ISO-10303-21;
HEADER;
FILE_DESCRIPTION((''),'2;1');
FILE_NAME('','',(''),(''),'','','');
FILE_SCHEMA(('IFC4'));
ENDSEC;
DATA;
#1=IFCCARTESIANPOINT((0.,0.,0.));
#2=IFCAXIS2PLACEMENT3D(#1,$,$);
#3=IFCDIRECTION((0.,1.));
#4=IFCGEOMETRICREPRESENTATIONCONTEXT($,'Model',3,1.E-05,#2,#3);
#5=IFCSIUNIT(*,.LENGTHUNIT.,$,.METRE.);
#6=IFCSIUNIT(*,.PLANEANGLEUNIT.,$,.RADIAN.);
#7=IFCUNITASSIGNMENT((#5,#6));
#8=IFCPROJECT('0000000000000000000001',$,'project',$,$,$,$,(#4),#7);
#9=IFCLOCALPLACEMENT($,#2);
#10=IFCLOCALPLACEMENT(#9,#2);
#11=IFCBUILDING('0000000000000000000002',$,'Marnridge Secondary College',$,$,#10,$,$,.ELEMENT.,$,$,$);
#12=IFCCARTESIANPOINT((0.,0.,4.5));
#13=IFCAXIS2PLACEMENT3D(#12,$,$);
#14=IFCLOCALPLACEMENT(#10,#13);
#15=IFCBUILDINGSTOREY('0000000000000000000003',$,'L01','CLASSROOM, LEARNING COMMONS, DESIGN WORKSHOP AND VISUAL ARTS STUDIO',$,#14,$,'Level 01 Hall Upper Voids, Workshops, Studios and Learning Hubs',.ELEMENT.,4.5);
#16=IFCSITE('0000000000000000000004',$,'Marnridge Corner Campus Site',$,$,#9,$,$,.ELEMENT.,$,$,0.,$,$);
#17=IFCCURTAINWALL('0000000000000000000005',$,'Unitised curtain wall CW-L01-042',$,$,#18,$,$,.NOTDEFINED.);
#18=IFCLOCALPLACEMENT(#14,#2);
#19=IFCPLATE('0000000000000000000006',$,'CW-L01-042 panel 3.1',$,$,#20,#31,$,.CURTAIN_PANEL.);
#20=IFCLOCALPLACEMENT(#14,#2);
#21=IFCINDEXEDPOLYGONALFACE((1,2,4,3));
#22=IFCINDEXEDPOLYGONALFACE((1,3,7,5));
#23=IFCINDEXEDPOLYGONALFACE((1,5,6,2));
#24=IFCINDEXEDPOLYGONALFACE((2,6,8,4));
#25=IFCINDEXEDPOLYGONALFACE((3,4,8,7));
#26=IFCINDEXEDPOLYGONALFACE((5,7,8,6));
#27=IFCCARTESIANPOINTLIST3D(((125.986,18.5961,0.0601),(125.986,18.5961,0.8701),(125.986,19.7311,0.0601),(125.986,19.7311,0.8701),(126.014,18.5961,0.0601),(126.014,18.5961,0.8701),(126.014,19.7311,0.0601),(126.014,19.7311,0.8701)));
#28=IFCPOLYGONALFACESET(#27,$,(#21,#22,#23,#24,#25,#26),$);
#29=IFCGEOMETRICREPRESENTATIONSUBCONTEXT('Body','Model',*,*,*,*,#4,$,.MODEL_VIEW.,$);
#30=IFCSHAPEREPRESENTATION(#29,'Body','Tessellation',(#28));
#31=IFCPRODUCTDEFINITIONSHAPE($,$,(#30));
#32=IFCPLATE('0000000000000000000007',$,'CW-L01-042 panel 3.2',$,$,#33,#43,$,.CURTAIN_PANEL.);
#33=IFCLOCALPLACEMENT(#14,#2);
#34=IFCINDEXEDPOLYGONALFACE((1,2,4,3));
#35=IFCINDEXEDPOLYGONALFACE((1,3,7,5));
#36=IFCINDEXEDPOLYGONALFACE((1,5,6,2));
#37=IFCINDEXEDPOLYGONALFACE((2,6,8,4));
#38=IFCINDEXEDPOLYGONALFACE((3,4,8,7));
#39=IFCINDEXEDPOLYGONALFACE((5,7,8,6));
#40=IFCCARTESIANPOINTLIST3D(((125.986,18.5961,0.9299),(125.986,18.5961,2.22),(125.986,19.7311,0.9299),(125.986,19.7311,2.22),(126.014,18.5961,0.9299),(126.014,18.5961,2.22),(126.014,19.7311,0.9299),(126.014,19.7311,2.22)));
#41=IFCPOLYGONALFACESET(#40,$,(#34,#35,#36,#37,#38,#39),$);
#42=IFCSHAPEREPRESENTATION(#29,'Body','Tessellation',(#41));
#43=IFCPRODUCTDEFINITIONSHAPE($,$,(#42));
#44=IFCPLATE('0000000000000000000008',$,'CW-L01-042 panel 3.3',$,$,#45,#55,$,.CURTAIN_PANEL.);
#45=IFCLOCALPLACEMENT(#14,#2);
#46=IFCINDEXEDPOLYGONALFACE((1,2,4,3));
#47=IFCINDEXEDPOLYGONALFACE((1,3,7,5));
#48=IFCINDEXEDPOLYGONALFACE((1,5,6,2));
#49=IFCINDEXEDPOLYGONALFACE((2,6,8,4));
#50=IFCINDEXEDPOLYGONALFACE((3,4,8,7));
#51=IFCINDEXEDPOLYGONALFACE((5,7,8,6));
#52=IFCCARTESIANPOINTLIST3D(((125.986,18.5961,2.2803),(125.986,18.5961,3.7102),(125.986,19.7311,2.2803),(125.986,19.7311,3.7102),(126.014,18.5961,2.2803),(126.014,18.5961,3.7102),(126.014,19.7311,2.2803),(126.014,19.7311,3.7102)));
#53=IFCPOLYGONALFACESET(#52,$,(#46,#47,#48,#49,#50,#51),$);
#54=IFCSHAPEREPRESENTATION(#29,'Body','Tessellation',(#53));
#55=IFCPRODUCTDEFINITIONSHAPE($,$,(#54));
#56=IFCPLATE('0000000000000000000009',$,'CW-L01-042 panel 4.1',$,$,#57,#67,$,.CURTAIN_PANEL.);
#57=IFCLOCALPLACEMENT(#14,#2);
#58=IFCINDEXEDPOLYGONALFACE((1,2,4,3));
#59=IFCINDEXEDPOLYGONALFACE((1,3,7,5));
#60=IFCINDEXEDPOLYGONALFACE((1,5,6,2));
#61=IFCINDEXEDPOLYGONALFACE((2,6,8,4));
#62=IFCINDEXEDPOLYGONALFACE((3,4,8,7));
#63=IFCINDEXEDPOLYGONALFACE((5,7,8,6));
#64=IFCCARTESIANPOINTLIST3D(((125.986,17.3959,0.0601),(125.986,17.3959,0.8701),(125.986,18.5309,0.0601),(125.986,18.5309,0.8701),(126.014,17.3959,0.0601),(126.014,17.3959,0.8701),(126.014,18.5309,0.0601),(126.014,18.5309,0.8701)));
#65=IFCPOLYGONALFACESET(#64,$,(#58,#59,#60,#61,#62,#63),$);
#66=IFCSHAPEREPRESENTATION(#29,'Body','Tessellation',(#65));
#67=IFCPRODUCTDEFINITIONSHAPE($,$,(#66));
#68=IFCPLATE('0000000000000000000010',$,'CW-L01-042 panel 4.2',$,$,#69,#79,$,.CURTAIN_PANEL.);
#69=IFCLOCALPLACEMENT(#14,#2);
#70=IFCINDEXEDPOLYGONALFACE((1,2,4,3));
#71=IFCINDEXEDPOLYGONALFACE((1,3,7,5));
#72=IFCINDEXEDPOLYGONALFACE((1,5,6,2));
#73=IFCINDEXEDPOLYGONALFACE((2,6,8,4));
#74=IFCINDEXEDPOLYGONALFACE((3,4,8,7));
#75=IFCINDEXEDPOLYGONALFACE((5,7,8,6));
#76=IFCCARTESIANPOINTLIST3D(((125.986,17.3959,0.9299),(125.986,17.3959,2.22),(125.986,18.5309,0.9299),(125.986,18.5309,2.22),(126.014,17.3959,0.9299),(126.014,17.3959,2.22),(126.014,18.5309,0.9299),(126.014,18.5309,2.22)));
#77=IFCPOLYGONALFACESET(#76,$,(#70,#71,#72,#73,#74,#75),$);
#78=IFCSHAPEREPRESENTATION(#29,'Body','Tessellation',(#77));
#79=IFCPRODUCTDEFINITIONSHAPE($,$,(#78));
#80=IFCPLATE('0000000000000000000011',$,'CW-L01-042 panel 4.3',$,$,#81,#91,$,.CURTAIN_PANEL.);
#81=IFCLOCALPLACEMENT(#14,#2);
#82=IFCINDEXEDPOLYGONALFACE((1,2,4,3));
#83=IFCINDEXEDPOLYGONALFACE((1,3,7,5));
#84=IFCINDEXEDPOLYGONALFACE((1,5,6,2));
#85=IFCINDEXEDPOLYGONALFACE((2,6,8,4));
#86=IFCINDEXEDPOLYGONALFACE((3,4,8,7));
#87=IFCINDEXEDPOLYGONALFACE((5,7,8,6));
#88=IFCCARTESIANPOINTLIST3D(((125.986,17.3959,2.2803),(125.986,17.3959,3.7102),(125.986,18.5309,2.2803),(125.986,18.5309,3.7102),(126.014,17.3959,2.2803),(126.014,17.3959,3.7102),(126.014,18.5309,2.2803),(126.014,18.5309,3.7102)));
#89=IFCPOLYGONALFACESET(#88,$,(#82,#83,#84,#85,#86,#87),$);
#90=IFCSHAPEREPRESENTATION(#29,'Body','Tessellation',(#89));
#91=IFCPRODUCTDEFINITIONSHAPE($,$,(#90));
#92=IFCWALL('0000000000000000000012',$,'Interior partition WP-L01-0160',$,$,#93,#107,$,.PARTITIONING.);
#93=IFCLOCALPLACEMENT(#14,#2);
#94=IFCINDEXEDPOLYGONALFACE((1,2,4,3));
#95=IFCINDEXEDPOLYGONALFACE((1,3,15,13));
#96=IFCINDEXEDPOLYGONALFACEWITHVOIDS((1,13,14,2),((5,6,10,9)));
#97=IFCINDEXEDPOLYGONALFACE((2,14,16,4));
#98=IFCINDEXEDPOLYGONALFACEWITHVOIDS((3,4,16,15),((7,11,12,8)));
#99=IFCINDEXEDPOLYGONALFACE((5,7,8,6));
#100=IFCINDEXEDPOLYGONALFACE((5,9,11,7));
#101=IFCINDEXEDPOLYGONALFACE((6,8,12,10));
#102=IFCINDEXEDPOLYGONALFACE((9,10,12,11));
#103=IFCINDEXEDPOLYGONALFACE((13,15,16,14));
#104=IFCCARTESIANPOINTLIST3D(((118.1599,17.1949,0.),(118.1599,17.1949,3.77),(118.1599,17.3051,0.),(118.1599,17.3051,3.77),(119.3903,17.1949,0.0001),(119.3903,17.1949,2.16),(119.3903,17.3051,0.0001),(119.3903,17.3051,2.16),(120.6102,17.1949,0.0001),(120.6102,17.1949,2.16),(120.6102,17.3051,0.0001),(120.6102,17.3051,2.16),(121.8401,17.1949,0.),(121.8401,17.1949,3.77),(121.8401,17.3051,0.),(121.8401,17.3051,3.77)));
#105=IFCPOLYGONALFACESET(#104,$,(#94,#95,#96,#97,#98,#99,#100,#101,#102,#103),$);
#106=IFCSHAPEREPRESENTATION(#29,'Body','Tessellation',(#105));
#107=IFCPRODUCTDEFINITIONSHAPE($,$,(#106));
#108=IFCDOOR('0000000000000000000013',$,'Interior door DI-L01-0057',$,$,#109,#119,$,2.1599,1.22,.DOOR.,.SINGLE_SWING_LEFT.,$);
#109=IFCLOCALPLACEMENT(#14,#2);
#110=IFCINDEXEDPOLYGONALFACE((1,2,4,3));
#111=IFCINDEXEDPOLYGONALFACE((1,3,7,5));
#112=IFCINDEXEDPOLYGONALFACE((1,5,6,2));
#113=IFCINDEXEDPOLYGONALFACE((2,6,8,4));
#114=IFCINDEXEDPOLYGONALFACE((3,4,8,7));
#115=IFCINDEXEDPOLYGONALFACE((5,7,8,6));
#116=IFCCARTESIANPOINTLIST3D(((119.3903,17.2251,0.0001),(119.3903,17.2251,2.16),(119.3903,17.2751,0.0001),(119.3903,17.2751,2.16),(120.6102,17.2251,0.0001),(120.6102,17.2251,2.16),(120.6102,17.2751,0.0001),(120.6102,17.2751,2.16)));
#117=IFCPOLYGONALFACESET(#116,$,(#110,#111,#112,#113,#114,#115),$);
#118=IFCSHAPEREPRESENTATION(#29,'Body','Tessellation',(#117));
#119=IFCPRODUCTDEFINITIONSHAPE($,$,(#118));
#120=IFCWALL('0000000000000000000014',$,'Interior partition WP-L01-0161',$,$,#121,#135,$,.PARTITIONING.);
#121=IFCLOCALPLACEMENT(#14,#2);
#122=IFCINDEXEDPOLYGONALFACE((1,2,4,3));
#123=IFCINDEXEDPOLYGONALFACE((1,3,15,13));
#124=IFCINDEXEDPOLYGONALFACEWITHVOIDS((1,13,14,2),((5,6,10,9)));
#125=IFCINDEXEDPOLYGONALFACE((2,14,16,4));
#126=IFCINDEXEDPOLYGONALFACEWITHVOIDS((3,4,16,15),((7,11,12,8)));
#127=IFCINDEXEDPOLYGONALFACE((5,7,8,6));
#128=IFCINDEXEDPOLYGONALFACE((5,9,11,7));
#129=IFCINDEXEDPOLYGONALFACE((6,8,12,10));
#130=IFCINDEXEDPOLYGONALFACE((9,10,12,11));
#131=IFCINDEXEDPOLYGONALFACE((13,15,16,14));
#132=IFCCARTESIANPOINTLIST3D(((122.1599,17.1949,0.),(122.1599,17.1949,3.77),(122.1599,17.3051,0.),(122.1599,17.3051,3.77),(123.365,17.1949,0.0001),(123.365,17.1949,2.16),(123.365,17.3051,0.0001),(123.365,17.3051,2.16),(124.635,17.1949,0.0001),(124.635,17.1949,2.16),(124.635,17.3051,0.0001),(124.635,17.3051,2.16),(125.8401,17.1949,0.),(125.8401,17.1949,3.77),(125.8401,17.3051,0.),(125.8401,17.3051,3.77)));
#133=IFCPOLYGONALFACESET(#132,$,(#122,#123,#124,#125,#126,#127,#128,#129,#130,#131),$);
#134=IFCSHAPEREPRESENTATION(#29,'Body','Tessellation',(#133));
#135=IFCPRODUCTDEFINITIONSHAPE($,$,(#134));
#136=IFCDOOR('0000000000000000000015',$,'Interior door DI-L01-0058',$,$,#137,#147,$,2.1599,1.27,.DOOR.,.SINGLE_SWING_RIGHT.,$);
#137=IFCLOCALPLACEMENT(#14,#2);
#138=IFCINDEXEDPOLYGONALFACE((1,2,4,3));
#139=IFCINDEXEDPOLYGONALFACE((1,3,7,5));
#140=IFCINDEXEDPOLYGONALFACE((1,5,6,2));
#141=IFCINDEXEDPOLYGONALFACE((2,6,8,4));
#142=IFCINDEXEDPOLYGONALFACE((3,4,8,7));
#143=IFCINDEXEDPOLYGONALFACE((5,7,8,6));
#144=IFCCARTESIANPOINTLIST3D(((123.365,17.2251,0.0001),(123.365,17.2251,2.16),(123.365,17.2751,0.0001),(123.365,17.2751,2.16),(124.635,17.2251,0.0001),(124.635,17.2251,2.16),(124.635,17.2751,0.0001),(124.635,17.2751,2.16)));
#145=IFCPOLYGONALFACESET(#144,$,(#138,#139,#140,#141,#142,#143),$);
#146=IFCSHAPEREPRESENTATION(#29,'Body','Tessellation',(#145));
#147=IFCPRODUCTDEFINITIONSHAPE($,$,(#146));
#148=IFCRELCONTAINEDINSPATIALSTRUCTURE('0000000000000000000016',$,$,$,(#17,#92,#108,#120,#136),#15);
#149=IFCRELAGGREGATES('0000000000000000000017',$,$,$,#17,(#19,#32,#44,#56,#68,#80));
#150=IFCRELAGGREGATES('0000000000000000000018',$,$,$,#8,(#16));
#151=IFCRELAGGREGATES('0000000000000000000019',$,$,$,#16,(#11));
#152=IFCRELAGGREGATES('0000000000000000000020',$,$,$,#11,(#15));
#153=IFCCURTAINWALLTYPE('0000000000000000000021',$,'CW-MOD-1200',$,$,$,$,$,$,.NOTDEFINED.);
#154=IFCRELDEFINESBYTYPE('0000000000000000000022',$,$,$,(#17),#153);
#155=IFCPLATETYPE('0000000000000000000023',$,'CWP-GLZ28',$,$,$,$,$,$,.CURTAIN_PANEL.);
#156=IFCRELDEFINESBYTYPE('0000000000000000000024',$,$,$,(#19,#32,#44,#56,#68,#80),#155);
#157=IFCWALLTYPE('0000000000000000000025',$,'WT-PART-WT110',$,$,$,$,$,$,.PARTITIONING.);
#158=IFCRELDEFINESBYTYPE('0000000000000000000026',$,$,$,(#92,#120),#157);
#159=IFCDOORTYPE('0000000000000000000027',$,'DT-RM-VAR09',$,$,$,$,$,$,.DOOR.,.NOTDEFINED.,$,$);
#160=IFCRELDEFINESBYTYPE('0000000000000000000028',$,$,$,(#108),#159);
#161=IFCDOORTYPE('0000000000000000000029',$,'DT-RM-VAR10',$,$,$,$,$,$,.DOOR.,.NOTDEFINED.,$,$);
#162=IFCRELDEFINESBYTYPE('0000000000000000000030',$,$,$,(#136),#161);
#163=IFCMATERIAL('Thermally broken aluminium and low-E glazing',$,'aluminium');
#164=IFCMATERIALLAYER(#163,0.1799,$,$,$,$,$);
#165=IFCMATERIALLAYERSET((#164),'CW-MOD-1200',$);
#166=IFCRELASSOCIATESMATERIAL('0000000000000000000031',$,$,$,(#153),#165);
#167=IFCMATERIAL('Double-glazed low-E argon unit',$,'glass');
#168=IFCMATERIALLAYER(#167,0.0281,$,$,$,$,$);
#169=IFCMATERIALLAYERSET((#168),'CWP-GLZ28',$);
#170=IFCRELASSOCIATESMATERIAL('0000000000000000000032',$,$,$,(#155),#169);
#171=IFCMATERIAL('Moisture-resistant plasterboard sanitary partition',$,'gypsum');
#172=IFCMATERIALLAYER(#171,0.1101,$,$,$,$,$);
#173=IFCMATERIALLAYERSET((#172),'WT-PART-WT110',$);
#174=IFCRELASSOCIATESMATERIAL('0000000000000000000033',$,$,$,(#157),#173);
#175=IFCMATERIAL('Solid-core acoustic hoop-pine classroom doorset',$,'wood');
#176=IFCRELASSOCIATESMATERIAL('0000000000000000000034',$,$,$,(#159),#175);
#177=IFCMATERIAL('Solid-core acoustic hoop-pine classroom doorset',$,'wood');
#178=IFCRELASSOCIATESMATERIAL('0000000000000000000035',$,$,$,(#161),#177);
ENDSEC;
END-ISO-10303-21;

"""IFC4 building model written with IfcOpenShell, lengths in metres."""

from ifc_helpers import new_model, si_unit, direction, frame, frame_2d, origin, origin_2d, place, context, subcontext, project, spatial, rectangle, extrude, material, layer, layer_set, type_object, element, fill, aggregate, save


model = new_model("IFC4")

# Units and contexts
model_context = context("Model", 3, precision=1e-05, world=origin(), true_north=direction((0.0, 1.0)))
body_context = subcontext(model_context, "Body", "Model", "MODEL_VIEW")
ifc_project = project(units=[si_unit("LENGTHUNIT", "METRE"), si_unit("PLANEANGLEUNIT", "RADIAN")], contexts=[model_context])

# Site, building, storey
site_placement = place(None, origin())
site = spatial("IfcSite", under=ifc_project, at=site_placement, Name="Marnridge Corner Campus Site", CompositionType="ELEMENT", RefElevation=0.0)
building_placement = place(site_placement, origin())
building = spatial("IfcBuilding", under=site, at=building_placement, Name="Marnridge Secondary College", CompositionType="ELEMENT")
storey_placement = place(building_placement, frame((0.0, 0.0, 4.5)))
storey = spatial("IfcBuildingStorey", under=building, at=storey_placement, Name="L01", Description="CLASSROOM, LEARNING COMMONS, DESIGN WORKSHOP AND VISUAL ARTS STUDIO", LongName="Level 01 Hall Upper Voids, Workshops, Studios and Learning Hubs", CompositionType="ELEMENT", Elevation=4.5)

# Curtain wall, plates
ifc_material_1 = material(Name="Thermally broken aluminium and low-E glazing", Category="aluminium")
ifc_layer_1 = layer(ifc_material_1, 0.1799)
ifc_layer_set_1 = layer_set([ifc_layer_1], Name="CW-MOD-1200")
curtain_wall_type = type_object("IfcCurtainWallType", Name="CW-MOD-1200", PredefinedType="NOTDEFINED", material=ifc_layer_set_1)
curtain_wall_placement = place(storey_placement, origin())
curtain_wall = element("IfcCurtainWall", 1, at=curtain_wall_placement, inside=storey, type_object=curtain_wall_type, Name="Unitised curtain wall CW-L01-042", PredefinedType="NOTDEFINED")
ifc_material_2 = material(Name="Double-glazed low-E argon unit", Category="glass")
ifc_layer_2 = layer(ifc_material_2, 0.0281)
ifc_layer_set_2 = layer_set([ifc_layer_2], Name="CWP-GLZ28")
plate_type = type_object("IfcPlateType", Name="CWP-GLZ28", PredefinedType="CURTAIN_PANEL", material=ifc_layer_set_2)
plate_1_placement = place(storey_placement, frame((126.0, 19.1636, 0.0601), z_axis=(0.0, 0.0, 1.0), x_axis=(0.0, -1.0, 0.0)))
plate_1 = element("IfcPlate", 2, at=plate_1_placement, type_object=plate_type, Name="CW-L01-042 panel 3.1", PredefinedType="CURTAIN_PANEL", context=body_context, shape_type="SweptSolid", body=[
    extrude(rectangle(XDim=1.135, YDim=0.0281, at=origin_2d()), origin(), (0.0, 0.0, 1.0), 0.8101),
])
plate_2_placement = place(storey_placement, frame((126.0, 19.1636, 0.9299), z_axis=(0.0, 0.0, 1.0), x_axis=(0.0, -1.0, 0.0)))
plate_2 = element("IfcPlate", 3, at=plate_2_placement, type_object=plate_type, Name="CW-L01-042 panel 3.2", PredefinedType="CURTAIN_PANEL", context=body_context, shape_type="SweptSolid", body=[
    extrude(rectangle(XDim=1.135, YDim=0.0281, at=origin_2d()), origin(), (0.0, 0.0, 1.0), 1.29),
])
plate_3_placement = place(storey_placement, frame((126.0, 19.1636, 2.2803), z_axis=(0.0, 0.0, 1.0), x_axis=(0.0, -1.0, 0.0)))
plate_3 = element("IfcPlate", 4, at=plate_3_placement, type_object=plate_type, Name="CW-L01-042 panel 3.3", PredefinedType="CURTAIN_PANEL", context=body_context, shape_type="SweptSolid", body=[
    extrude(rectangle(XDim=1.135, YDim=0.0281, at=origin_2d()), origin(), (0.0, 0.0, 1.0), 1.4299),
])
plate_4_placement = place(storey_placement, frame((126.0, 17.9634, 0.0601), z_axis=(0.0, 0.0, 1.0), x_axis=(0.0, -1.0, 0.0)))
plate_4 = element("IfcPlate", 5, at=plate_4_placement, type_object=plate_type, Name="CW-L01-042 panel 4.1", PredefinedType="CURTAIN_PANEL", context=body_context, shape_type="SweptSolid", body=[
    extrude(rectangle(XDim=1.135, YDim=0.0281, at=origin_2d()), origin(), (0.0, 0.0, 1.0), 0.8101),
])
plate_5_placement = place(storey_placement, frame((126.0, 17.9634, 0.9299), z_axis=(0.0, 0.0, 1.0), x_axis=(0.0, -1.0, 0.0)))
plate_5 = element("IfcPlate", 6, at=plate_5_placement, type_object=plate_type, Name="CW-L01-042 panel 4.2", PredefinedType="CURTAIN_PANEL", context=body_context, shape_type="SweptSolid", body=[
    extrude(rectangle(XDim=1.135, YDim=0.0281, at=origin_2d()), origin(), (0.0, 0.0, 1.0), 1.29),
])
plate_6_placement = place(storey_placement, frame((126.0, 17.9634, 2.2803), z_axis=(0.0, 0.0, 1.0), x_axis=(0.0, -1.0, 0.0)))
plate_6 = element("IfcPlate", 7, at=plate_6_placement, type_object=plate_type, Name="CW-L01-042 panel 4.3", PredefinedType="CURTAIN_PANEL", context=body_context, shape_type="SweptSolid", body=[
    extrude(rectangle(XDim=1.135, YDim=0.0281, at=origin_2d()), origin(), (0.0, 0.0, 1.0), 1.4299),
])
aggregate(curtain_wall, [plate_1, plate_2, plate_3, plate_4, plate_5, plate_6])

# Walls, openings, doors
ifc_material_3 = material(Name="Moisture-resistant plasterboard sanitary partition", Category="gypsum")
ifc_layer_3 = layer(ifc_material_3, 0.1101)
ifc_layer_set_3 = layer_set([ifc_layer_3], Name="WT-PART-WT110")
wall_type = type_object("IfcWallType", Name="WT-PART-WT110", PredefinedType="PARTITIONING", material=ifc_layer_set_3)
wall_1_placement = place(storey_placement, frame((121.8401, 17.25, 0.0), z_axis=(0.0, 0.0, 1.0), x_axis=(-1.0, 0.0, 0.0)))
wall_1 = element("IfcWall", 8, at=wall_1_placement, inside=storey, type_object=wall_type, Name="Interior partition WP-L01-0160", PredefinedType="PARTITIONING", context=body_context, shape_type="SweptSolid", body=[
    extrude(rectangle(XDim=3.6802, YDim=0.1101, at=frame_2d((1.8401, 0.0))), origin(), (0.0, 0.0, 1.0), 3.77),
])
opening_1_placement = place(wall_1_placement, frame((1.23, 0.0, 0.0)))
opening_1 = element("IfcOpeningElement", 9, at=opening_1_placement, cuts=wall_1, PredefinedType="OPENING", context=body_context, shape_type="SweptSolid", body=[
    extrude(rectangle(XDim=1.22, YDim=2.1599, at=frame_2d((0.6099, 1.0801))), frame((0.0, 0.0649, 0.0), z_axis=(0.0, -1.0, 0.0), x_axis=(1.0, 0.0, 0.0)), (0.0, 0.0, 1.0), 0.1301),
])
ifc_material_4 = material(Name="Solid-core acoustic hoop-pine classroom doorset", Category="wood")
door_type_1 = type_object("IfcDoorType", Name="DT-RM-VAR09", OperationType="NOTDEFINED", PredefinedType="DOOR", material=ifc_material_4)
door_1_placement = place(opening_1_placement, origin())
door_1 = element("IfcDoor", 10, at=door_1_placement, inside=storey, type_object=door_type_1, Name="Interior door DI-L01-0057", OperationType="SINGLE_SWING_LEFT", OverallHeight=2.1599, OverallWidth=1.22, PredefinedType="DOOR", context=body_context, shape_type="SweptSolid", body=[
    extrude(rectangle(XDim=1.22, YDim=2.1599, at=frame_2d((0.6099, 1.0801))), frame((0.0, 0.0249, 0.0), z_axis=(0.0, -1.0, 0.0), x_axis=(1.0, 0.0, 0.0)), (0.0, 0.0, 1.0), 0.05),
])
fill(opening_1, door_1)
wall_2_placement = place(storey_placement, frame((125.8401, 17.25, 0.0), z_axis=(0.0, 0.0, 1.0), x_axis=(-1.0, 0.0, 0.0)))
wall_2 = element("IfcWall", 11, at=wall_2_placement, inside=storey, type_object=wall_type, Name="Interior partition WP-L01-0161", PredefinedType="PARTITIONING", context=body_context, shape_type="SweptSolid", body=[
    extrude(rectangle(XDim=3.6802, YDim=0.1101, at=frame_2d((1.8401, 0.0))), origin(), (0.0, 0.0, 1.0), 3.77),
])
opening_2_placement = place(wall_2_placement, frame((1.2051, 0.0, 0.0)))
opening_2 = element("IfcOpeningElement", 12, at=opening_2_placement, cuts=wall_2, PredefinedType="OPENING", context=body_context, shape_type="SweptSolid", body=[
    extrude(rectangle(XDim=1.27, YDim=2.1599, at=frame_2d((0.635, 1.0801))), frame((0.0, 0.0649, 0.0), z_axis=(0.0, -1.0, 0.0), x_axis=(1.0, 0.0, 0.0)), (0.0, 0.0, 1.0), 0.1301),
])
ifc_material_5 = material(Name="Solid-core acoustic hoop-pine classroom doorset", Category="wood")
door_type_2 = type_object("IfcDoorType", Name="DT-RM-VAR10", OperationType="NOTDEFINED", PredefinedType="DOOR", material=ifc_material_5)
door_2_placement = place(opening_2_placement, origin())
door_2 = element("IfcDoor", 13, at=door_2_placement, inside=storey, type_object=door_type_2, Name="Interior door DI-L01-0058", OperationType="SINGLE_SWING_RIGHT", OverallHeight=2.1599, OverallWidth=1.27, PredefinedType="DOOR", context=body_context, shape_type="SweptSolid", body=[
    extrude(rectangle(XDim=1.27, YDim=2.1599, at=frame_2d((0.635, 1.0801))), frame((0.0, 0.0249, 0.0), z_axis=(0.0, -1.0, 0.0), x_axis=(1.0, 0.0, 0.0)), (0.0, 0.0, 1.0), 0.05),
])
fill(opening_2, door_2)

save(model, "model.ifc")
